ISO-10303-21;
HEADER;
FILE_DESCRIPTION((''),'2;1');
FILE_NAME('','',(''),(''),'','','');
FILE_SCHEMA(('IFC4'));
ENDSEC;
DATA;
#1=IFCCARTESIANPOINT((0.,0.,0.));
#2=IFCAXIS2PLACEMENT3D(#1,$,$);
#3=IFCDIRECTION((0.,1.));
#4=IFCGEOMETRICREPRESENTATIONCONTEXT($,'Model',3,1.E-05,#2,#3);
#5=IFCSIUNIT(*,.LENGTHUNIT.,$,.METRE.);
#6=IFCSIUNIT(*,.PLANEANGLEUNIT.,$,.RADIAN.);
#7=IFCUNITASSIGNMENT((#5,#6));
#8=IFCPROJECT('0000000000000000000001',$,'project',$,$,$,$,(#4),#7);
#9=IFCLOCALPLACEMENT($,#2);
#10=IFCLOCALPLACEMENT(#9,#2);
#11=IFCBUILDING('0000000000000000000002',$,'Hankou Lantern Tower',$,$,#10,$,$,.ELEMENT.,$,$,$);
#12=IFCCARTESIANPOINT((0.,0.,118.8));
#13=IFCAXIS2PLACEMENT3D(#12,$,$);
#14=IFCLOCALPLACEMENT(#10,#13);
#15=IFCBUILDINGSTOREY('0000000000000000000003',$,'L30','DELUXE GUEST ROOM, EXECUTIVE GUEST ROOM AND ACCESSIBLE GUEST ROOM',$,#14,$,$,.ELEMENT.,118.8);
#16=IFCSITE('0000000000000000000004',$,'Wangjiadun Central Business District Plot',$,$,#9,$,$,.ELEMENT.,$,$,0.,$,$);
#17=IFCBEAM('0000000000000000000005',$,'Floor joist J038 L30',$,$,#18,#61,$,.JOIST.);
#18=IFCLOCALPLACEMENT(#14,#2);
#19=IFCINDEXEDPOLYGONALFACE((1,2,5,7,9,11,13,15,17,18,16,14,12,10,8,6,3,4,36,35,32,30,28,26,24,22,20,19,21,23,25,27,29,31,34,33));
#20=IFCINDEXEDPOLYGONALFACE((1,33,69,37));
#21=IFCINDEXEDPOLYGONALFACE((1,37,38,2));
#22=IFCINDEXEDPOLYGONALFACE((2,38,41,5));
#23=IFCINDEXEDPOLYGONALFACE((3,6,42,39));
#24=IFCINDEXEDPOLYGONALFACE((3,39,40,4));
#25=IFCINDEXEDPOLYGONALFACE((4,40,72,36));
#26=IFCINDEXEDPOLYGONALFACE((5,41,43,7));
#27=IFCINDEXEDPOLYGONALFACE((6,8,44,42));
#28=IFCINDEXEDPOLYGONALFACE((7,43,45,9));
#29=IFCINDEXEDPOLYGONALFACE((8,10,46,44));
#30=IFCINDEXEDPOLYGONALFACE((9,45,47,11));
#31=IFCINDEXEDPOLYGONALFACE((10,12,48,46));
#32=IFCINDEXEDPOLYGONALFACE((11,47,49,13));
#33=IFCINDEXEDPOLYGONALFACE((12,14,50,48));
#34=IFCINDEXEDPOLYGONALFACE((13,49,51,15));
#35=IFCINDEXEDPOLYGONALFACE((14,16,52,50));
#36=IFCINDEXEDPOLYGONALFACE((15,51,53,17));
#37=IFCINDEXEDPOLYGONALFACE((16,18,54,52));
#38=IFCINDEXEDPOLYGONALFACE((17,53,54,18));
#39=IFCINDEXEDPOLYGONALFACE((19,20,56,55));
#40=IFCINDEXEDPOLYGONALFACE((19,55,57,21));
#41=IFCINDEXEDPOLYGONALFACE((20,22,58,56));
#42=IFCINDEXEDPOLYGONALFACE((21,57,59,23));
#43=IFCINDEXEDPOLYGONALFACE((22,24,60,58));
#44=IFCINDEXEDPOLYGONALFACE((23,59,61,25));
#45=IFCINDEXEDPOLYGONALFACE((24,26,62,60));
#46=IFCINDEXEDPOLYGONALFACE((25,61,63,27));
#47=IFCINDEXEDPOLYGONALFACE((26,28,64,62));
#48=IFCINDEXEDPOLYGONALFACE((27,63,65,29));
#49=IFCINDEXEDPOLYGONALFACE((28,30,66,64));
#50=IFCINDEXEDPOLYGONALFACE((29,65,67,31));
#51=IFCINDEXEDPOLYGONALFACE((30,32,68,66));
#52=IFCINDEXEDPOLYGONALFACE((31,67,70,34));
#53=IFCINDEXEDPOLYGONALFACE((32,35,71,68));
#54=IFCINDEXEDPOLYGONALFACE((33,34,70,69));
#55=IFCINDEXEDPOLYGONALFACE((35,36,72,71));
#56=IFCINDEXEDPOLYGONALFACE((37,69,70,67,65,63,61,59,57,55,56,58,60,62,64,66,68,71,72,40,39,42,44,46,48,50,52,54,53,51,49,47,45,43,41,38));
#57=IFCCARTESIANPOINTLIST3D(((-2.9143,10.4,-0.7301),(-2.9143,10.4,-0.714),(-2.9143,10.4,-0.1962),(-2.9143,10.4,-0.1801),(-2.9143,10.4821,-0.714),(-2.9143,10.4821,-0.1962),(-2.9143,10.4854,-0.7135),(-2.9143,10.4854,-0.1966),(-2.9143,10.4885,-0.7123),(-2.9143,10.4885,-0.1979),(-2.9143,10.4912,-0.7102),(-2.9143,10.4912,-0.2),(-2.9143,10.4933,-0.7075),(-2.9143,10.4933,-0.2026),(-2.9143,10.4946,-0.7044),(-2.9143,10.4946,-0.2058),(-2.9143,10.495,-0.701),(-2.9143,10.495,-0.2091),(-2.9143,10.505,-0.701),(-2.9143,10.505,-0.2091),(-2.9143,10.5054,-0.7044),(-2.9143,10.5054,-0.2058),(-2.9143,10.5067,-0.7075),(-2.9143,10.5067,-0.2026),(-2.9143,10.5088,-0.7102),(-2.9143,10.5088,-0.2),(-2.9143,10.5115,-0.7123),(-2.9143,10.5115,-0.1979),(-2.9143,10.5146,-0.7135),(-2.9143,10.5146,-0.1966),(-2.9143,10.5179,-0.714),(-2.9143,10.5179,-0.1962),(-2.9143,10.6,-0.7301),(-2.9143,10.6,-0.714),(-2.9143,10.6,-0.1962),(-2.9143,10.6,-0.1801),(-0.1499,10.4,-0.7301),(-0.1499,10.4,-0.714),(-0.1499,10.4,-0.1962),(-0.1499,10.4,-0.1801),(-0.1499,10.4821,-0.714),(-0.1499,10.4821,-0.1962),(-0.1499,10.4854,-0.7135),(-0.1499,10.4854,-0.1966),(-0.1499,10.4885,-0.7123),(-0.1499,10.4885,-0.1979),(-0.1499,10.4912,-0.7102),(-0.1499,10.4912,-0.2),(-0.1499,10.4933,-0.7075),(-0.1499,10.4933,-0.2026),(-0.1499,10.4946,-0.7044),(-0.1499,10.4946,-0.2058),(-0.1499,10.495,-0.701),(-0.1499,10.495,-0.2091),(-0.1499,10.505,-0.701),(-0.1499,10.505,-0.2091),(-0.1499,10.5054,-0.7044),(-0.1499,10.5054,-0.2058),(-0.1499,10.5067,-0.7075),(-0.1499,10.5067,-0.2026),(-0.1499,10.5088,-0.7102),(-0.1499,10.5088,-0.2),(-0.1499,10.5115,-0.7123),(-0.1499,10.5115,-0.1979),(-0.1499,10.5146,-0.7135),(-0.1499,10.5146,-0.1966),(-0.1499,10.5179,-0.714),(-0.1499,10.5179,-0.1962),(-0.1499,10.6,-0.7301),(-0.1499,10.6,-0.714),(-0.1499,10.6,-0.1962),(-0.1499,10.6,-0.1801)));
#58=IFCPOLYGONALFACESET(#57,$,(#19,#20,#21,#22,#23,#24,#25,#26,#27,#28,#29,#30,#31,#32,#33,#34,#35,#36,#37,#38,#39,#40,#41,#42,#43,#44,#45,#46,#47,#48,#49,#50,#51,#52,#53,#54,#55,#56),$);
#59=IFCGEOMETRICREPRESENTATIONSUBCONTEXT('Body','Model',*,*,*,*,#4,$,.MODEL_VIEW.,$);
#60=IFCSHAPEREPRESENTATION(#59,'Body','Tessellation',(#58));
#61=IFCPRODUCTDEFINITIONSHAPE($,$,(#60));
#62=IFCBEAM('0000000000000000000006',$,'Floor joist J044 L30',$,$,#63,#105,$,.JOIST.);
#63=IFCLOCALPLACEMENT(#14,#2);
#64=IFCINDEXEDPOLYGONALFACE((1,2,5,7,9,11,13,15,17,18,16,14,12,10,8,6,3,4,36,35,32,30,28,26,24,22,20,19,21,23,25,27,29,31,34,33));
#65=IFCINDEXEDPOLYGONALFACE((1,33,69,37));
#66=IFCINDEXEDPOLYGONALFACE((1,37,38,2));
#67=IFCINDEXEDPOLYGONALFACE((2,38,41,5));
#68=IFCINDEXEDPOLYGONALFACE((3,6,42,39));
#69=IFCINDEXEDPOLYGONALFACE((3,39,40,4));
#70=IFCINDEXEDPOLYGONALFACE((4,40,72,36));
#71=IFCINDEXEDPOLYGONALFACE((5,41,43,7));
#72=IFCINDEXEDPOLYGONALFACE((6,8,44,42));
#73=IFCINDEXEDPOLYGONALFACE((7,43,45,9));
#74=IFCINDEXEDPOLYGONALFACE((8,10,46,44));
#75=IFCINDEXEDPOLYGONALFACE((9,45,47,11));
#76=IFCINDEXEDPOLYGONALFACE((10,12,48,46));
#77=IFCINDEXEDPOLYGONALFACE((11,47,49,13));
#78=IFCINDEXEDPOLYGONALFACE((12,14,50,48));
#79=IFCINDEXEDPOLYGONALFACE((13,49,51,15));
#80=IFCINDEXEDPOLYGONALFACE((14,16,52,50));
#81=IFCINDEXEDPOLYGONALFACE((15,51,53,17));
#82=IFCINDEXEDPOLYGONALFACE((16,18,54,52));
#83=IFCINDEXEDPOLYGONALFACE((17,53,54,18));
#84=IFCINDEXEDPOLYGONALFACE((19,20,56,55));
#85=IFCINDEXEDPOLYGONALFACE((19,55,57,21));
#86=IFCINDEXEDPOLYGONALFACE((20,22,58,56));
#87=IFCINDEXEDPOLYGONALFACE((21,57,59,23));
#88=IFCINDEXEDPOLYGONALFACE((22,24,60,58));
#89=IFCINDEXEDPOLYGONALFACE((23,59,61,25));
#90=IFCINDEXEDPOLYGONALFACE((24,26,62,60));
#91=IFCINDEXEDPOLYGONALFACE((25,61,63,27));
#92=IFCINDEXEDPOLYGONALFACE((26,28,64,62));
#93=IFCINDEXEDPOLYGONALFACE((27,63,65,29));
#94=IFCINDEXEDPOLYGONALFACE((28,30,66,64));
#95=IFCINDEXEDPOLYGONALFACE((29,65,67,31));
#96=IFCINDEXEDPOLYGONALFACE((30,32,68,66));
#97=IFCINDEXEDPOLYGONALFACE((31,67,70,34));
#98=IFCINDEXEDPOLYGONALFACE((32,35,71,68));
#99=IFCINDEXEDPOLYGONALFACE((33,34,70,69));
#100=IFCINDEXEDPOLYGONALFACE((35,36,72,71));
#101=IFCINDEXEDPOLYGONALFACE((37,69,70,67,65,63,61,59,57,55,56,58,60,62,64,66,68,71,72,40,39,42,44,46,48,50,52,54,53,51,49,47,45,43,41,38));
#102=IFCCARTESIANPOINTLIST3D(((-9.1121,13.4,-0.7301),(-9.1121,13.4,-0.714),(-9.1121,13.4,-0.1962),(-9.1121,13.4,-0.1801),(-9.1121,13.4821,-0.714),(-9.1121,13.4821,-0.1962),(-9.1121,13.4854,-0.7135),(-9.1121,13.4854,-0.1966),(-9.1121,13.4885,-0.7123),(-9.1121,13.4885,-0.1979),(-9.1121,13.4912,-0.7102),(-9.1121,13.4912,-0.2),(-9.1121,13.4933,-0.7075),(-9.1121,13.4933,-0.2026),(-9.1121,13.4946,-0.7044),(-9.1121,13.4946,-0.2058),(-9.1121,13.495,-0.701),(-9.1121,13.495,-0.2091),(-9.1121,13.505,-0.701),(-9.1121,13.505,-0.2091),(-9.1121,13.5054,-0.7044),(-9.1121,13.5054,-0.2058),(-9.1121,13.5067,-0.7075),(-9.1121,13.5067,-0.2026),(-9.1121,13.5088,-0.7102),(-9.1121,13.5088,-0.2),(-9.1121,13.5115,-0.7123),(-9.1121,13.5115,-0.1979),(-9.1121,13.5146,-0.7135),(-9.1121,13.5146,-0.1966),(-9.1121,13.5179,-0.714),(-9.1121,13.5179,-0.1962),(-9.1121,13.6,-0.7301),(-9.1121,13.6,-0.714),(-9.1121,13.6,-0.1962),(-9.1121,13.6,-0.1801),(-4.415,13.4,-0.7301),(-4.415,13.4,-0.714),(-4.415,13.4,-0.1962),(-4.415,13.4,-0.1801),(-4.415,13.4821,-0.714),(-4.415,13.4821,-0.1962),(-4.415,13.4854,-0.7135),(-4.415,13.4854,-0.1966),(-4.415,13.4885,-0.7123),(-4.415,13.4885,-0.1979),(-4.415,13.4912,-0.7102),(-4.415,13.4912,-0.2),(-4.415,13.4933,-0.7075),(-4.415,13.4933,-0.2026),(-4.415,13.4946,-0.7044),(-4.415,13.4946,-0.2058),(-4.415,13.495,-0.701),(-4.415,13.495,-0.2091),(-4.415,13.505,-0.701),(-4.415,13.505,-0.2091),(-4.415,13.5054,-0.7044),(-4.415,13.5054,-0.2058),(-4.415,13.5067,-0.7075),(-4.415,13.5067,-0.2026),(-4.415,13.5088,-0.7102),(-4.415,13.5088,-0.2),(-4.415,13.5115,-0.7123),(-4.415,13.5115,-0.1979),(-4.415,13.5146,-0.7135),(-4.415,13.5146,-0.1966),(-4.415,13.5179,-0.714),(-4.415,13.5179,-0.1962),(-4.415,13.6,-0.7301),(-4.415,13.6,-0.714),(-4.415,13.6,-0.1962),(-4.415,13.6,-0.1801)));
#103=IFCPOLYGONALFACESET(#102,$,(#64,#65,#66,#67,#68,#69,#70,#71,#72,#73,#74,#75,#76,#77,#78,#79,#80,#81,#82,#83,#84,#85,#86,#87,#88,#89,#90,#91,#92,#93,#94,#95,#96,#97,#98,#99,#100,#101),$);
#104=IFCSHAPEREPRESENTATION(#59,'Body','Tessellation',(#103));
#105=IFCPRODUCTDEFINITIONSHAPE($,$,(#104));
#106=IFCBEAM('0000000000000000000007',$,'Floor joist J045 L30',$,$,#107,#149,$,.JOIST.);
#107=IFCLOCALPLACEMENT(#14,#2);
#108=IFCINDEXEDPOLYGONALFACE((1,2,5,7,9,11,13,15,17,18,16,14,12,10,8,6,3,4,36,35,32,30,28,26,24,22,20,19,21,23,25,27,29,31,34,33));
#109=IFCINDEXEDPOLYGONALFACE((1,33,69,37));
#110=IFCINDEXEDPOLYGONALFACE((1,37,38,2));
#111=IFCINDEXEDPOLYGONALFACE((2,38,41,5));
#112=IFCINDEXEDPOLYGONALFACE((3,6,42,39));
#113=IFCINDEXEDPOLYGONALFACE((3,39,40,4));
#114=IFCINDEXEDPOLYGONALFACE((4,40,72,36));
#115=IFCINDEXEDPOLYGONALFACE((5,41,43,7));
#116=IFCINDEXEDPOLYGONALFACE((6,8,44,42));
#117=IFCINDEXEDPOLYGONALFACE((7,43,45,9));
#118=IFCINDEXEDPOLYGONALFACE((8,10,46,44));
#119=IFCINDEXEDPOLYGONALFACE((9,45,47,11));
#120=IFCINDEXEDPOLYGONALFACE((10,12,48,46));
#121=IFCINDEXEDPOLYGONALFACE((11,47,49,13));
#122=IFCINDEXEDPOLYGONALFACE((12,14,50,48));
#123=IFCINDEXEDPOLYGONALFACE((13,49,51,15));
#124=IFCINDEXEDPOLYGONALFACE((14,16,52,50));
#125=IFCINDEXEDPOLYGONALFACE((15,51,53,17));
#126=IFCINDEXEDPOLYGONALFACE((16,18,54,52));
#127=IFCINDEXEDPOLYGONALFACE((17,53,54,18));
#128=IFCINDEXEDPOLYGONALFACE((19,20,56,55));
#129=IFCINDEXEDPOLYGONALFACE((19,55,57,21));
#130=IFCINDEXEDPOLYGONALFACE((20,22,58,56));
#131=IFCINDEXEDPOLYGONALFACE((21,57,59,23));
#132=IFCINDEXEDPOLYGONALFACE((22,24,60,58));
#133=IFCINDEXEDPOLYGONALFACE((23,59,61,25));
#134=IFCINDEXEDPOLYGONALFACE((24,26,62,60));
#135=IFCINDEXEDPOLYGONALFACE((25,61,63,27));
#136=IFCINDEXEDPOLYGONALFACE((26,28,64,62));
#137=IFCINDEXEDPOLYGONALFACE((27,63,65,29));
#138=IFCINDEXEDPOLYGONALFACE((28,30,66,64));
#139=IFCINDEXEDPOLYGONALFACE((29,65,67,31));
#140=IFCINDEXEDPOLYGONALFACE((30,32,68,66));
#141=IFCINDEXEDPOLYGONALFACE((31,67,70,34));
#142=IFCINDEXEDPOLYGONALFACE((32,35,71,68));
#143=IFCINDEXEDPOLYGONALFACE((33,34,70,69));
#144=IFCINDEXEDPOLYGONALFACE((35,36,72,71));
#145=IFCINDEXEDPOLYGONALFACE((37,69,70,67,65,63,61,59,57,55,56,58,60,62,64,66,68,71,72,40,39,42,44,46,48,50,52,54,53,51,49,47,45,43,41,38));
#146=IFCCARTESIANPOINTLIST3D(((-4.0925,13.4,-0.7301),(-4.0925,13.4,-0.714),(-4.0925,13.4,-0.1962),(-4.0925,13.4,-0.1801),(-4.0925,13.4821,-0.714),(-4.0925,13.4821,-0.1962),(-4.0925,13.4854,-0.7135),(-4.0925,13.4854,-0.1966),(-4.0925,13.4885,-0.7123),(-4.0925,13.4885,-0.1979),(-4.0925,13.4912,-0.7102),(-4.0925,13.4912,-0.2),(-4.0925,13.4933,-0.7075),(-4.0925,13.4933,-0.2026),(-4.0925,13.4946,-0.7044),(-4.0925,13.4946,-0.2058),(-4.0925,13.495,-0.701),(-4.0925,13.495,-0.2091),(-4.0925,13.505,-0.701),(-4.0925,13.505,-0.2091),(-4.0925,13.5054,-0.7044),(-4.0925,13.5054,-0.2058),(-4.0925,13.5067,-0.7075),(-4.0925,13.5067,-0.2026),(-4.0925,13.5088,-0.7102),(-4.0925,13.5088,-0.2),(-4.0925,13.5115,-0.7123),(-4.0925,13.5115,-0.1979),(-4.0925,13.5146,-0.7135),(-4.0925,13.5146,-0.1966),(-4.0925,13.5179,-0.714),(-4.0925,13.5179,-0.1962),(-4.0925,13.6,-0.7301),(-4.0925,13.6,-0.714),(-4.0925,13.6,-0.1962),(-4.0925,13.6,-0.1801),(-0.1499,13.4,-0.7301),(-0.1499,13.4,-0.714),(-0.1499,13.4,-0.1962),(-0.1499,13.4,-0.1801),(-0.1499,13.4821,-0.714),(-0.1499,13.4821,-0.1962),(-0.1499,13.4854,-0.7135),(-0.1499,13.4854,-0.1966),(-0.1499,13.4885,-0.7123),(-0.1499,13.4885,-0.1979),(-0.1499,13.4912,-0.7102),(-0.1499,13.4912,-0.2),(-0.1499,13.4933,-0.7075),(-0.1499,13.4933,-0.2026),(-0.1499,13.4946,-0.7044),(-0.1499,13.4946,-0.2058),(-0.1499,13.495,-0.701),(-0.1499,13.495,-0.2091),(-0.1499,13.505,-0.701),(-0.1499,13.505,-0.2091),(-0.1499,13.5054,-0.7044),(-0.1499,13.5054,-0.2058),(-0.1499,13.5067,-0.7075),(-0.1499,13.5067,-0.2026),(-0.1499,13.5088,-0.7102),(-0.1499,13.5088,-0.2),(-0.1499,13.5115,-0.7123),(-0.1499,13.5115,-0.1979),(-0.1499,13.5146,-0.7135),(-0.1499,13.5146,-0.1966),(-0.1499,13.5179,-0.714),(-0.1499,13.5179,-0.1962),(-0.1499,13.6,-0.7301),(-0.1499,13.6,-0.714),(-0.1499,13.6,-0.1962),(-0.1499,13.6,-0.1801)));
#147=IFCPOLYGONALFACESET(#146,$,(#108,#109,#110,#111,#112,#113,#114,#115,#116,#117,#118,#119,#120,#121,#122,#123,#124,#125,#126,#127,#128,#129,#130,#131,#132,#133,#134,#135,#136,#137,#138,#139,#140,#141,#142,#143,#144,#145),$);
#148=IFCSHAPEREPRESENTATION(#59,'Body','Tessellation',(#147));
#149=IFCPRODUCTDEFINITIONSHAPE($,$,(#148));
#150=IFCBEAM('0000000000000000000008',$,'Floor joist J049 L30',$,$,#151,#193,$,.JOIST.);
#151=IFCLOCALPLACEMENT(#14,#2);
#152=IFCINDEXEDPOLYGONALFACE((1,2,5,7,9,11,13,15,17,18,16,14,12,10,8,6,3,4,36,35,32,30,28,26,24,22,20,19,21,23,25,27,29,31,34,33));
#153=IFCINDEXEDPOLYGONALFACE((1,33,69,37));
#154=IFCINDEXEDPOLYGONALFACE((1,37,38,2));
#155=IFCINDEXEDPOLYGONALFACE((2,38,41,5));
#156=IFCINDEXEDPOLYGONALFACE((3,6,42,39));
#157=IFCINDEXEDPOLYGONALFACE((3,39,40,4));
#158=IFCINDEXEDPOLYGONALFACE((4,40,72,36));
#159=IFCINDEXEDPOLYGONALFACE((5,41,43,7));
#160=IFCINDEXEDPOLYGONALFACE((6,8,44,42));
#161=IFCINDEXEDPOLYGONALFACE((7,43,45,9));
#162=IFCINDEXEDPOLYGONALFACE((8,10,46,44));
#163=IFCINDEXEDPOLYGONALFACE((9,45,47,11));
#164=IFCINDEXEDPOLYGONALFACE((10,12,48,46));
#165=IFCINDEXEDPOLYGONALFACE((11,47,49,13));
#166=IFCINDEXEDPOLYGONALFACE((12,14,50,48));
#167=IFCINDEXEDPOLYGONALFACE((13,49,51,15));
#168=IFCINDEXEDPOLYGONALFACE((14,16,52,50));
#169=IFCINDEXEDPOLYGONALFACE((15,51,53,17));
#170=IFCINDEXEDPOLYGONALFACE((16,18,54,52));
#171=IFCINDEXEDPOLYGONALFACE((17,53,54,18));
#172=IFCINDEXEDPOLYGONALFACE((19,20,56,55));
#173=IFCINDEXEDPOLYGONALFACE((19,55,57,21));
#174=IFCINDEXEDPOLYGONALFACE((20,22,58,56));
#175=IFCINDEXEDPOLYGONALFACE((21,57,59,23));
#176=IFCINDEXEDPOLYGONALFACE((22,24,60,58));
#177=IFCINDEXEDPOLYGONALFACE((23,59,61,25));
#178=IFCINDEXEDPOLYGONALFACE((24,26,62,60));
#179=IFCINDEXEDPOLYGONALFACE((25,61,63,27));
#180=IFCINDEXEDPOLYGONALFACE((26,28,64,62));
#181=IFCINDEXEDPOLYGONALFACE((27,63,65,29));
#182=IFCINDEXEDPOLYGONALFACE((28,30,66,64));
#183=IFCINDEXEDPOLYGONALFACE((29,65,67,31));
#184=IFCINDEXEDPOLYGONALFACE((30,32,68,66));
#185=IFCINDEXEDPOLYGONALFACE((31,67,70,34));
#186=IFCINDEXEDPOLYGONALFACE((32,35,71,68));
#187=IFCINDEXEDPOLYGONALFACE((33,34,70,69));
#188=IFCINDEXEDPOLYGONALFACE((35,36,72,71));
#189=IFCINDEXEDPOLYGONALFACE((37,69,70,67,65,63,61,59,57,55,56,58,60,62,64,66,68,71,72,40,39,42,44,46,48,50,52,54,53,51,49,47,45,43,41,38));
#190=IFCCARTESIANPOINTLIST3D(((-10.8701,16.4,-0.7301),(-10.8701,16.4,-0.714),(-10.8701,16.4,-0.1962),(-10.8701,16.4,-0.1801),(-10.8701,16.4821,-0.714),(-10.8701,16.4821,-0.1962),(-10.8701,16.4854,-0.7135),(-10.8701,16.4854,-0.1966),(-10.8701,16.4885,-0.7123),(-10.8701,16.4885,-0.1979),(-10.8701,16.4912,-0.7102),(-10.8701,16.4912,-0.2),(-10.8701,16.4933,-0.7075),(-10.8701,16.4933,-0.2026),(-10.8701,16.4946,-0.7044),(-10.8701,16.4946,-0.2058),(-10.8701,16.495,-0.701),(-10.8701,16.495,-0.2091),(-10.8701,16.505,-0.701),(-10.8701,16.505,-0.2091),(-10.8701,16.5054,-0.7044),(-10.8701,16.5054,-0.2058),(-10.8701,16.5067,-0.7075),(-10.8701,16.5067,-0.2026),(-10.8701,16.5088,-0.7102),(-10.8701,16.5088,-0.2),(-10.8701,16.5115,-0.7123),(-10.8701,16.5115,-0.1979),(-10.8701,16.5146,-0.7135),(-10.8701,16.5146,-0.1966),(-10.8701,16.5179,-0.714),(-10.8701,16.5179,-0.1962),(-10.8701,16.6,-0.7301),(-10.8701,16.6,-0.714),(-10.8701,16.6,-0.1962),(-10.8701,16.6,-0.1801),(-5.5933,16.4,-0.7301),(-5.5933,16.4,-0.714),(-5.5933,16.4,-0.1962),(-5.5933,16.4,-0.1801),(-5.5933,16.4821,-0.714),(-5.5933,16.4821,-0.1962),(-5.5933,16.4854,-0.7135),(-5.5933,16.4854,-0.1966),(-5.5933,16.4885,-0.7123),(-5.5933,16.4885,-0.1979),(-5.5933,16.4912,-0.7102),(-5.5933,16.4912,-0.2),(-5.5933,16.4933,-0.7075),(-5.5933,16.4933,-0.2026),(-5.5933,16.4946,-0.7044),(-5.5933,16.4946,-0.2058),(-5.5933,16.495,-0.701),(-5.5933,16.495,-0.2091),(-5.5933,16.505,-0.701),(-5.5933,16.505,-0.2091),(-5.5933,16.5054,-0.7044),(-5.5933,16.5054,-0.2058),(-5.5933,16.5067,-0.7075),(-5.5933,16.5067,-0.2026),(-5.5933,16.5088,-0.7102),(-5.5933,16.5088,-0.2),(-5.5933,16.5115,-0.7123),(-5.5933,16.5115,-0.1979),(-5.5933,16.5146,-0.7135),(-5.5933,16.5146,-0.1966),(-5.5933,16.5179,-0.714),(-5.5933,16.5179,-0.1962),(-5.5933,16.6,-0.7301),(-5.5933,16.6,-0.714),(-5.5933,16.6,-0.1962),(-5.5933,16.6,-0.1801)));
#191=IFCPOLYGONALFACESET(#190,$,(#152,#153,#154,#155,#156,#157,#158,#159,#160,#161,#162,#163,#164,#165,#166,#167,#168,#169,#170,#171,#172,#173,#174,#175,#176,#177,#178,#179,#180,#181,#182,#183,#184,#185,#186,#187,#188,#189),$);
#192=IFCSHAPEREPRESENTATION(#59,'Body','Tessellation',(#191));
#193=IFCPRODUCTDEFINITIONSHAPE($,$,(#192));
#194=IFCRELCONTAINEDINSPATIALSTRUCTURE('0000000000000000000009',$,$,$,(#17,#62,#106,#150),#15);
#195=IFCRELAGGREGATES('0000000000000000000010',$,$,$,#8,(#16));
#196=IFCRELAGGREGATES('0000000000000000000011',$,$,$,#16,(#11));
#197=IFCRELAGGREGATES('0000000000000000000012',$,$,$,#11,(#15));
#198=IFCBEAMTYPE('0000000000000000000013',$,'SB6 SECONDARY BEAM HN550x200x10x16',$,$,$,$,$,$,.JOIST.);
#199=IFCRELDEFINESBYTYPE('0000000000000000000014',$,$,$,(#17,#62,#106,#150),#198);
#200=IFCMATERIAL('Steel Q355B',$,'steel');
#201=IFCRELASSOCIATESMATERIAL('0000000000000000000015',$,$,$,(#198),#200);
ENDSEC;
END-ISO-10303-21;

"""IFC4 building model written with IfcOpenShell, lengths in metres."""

from ifc_helpers import new_model, si_unit, direction, frame, origin, origin_2d, place, context, subcontext, project, spatial, i_section, extrude, material, material_profile, profile_set, type_object, element, save


model = new_model("IFC4")

# Units and contexts
model_context = context("Model", 3, precision=1e-05, world=origin(), true_north=direction((0.0, 1.0)))
body_context = subcontext(model_context, "Body", "Model", "MODEL_VIEW")
ifc_project = project(units=[si_unit("LENGTHUNIT", "METRE"), si_unit("PLANEANGLEUNIT", "RADIAN")], contexts=[model_context])

# Site, building, storey
site_placement = place(None, origin())
site = spatial("IfcSite", under=ifc_project, at=site_placement, Name="Wangjiadun Central Business District Plot", CompositionType="ELEMENT", RefElevation=0.0)
building_placement = place(site_placement, origin())
building = spatial("IfcBuilding", under=site, at=building_placement, Name="Hankou Lantern Tower", CompositionType="ELEMENT")
storey_placement = place(building_placement, frame((0.0, 0.0, 118.8)))
storey = spatial("IfcBuildingStorey", under=building, at=storey_placement, Name="L30", Description="DELUXE GUEST ROOM, EXECUTIVE GUEST ROOM AND ACCESSIBLE GUEST ROOM", CompositionType="ELEMENT", Elevation=118.8)

# Beams
ifc_material_1 = material(Name="Steel Q355B", Category="steel")
ifc_material_profile_1 = material_profile(ifc_material_1, i_section(OverallWidth=0.2, OverallDepth=0.55, WebThickness=0.01, FlangeThickness=0.0161, FilletRadius=0.0129, at=origin_2d()), Name="HN550x200x10x16")
ifc_profile_set_1 = profile_set([ifc_material_profile_1], Name="Steel Q355B")
beam_type_1 = type_object("IfcBeamType", Name="SB6 SECONDARY BEAM HN550x200x10x16", PredefinedType="JOIST", material=ifc_profile_set_1)
beam_1_placement = place(storey_placement, frame((-2.9143, 10.5, -0.4551), z_axis=(1.0, 0.0, 0.0), x_axis=(0.0, 1.0, 0.0)))
element("IfcBeam", 1, at=beam_1_placement, inside=storey, type_object=beam_type_1, Name="Floor joist J038 L30", PredefinedType="JOIST", context=body_context, shape_type="SweptSolid", body=[
    extrude(i_section(OverallWidth=0.2, OverallDepth=0.55, WebThickness=0.01, FlangeThickness=0.0161, FilletRadius=0.0129, at=origin_2d()), origin(), (0.0, 0.0, 1.0), 2.7644),
])
beam_2_placement = place(storey_placement, frame((-9.1121, 13.5, -0.4551), z_axis=(1.0, 0.0, 0.0), x_axis=(0.0, 1.0, 0.0)))
element("IfcBeam", 2, at=beam_2_placement, inside=storey, type_object=beam_type_1, Name="Floor joist J044 L30", PredefinedType="JOIST", context=body_context, shape_type="SweptSolid", body=[
    extrude(i_section(OverallWidth=0.2, OverallDepth=0.55, WebThickness=0.01, FlangeThickness=0.0161, FilletRadius=0.0129, at=origin_2d()), origin(), (0.0, 0.0, 1.0), 4.697),
])
beam_3_placement = place(storey_placement, frame((-4.0925, 13.5, -0.4551), z_axis=(1.0, 0.0, 0.0), x_axis=(0.0, 1.0, 0.0)))
element("IfcBeam", 3, at=beam_3_placement, inside=storey, type_object=beam_type_1, Name="Floor joist J045 L30", PredefinedType="JOIST", context=body_context, shape_type="SweptSolid", body=[
    extrude(i_section(OverallWidth=0.2, OverallDepth=0.55, WebThickness=0.01, FlangeThickness=0.0161, FilletRadius=0.0129, at=origin_2d()), origin(), (0.0, 0.0, 1.0), 3.9426),
])
beam_4_placement = place(storey_placement, frame((-10.8701, 16.5, -0.4551), z_axis=(1.0, 0.0, 0.0), x_axis=(0.0, 1.0, 0.0)))
element("IfcBeam", 4, at=beam_4_placement, inside=storey, type_object=beam_type_1, Name="Floor joist J049 L30", PredefinedType="JOIST", context=body_context, shape_type="SweptSolid", body=[
    extrude(i_section(OverallWidth=0.2, OverallDepth=0.55, WebThickness=0.01, FlangeThickness=0.0161, FilletRadius=0.0129, at=origin_2d()), origin(), (0.0, 0.0, 1.0), 5.2769),
])

save(model, "model.ifc")
